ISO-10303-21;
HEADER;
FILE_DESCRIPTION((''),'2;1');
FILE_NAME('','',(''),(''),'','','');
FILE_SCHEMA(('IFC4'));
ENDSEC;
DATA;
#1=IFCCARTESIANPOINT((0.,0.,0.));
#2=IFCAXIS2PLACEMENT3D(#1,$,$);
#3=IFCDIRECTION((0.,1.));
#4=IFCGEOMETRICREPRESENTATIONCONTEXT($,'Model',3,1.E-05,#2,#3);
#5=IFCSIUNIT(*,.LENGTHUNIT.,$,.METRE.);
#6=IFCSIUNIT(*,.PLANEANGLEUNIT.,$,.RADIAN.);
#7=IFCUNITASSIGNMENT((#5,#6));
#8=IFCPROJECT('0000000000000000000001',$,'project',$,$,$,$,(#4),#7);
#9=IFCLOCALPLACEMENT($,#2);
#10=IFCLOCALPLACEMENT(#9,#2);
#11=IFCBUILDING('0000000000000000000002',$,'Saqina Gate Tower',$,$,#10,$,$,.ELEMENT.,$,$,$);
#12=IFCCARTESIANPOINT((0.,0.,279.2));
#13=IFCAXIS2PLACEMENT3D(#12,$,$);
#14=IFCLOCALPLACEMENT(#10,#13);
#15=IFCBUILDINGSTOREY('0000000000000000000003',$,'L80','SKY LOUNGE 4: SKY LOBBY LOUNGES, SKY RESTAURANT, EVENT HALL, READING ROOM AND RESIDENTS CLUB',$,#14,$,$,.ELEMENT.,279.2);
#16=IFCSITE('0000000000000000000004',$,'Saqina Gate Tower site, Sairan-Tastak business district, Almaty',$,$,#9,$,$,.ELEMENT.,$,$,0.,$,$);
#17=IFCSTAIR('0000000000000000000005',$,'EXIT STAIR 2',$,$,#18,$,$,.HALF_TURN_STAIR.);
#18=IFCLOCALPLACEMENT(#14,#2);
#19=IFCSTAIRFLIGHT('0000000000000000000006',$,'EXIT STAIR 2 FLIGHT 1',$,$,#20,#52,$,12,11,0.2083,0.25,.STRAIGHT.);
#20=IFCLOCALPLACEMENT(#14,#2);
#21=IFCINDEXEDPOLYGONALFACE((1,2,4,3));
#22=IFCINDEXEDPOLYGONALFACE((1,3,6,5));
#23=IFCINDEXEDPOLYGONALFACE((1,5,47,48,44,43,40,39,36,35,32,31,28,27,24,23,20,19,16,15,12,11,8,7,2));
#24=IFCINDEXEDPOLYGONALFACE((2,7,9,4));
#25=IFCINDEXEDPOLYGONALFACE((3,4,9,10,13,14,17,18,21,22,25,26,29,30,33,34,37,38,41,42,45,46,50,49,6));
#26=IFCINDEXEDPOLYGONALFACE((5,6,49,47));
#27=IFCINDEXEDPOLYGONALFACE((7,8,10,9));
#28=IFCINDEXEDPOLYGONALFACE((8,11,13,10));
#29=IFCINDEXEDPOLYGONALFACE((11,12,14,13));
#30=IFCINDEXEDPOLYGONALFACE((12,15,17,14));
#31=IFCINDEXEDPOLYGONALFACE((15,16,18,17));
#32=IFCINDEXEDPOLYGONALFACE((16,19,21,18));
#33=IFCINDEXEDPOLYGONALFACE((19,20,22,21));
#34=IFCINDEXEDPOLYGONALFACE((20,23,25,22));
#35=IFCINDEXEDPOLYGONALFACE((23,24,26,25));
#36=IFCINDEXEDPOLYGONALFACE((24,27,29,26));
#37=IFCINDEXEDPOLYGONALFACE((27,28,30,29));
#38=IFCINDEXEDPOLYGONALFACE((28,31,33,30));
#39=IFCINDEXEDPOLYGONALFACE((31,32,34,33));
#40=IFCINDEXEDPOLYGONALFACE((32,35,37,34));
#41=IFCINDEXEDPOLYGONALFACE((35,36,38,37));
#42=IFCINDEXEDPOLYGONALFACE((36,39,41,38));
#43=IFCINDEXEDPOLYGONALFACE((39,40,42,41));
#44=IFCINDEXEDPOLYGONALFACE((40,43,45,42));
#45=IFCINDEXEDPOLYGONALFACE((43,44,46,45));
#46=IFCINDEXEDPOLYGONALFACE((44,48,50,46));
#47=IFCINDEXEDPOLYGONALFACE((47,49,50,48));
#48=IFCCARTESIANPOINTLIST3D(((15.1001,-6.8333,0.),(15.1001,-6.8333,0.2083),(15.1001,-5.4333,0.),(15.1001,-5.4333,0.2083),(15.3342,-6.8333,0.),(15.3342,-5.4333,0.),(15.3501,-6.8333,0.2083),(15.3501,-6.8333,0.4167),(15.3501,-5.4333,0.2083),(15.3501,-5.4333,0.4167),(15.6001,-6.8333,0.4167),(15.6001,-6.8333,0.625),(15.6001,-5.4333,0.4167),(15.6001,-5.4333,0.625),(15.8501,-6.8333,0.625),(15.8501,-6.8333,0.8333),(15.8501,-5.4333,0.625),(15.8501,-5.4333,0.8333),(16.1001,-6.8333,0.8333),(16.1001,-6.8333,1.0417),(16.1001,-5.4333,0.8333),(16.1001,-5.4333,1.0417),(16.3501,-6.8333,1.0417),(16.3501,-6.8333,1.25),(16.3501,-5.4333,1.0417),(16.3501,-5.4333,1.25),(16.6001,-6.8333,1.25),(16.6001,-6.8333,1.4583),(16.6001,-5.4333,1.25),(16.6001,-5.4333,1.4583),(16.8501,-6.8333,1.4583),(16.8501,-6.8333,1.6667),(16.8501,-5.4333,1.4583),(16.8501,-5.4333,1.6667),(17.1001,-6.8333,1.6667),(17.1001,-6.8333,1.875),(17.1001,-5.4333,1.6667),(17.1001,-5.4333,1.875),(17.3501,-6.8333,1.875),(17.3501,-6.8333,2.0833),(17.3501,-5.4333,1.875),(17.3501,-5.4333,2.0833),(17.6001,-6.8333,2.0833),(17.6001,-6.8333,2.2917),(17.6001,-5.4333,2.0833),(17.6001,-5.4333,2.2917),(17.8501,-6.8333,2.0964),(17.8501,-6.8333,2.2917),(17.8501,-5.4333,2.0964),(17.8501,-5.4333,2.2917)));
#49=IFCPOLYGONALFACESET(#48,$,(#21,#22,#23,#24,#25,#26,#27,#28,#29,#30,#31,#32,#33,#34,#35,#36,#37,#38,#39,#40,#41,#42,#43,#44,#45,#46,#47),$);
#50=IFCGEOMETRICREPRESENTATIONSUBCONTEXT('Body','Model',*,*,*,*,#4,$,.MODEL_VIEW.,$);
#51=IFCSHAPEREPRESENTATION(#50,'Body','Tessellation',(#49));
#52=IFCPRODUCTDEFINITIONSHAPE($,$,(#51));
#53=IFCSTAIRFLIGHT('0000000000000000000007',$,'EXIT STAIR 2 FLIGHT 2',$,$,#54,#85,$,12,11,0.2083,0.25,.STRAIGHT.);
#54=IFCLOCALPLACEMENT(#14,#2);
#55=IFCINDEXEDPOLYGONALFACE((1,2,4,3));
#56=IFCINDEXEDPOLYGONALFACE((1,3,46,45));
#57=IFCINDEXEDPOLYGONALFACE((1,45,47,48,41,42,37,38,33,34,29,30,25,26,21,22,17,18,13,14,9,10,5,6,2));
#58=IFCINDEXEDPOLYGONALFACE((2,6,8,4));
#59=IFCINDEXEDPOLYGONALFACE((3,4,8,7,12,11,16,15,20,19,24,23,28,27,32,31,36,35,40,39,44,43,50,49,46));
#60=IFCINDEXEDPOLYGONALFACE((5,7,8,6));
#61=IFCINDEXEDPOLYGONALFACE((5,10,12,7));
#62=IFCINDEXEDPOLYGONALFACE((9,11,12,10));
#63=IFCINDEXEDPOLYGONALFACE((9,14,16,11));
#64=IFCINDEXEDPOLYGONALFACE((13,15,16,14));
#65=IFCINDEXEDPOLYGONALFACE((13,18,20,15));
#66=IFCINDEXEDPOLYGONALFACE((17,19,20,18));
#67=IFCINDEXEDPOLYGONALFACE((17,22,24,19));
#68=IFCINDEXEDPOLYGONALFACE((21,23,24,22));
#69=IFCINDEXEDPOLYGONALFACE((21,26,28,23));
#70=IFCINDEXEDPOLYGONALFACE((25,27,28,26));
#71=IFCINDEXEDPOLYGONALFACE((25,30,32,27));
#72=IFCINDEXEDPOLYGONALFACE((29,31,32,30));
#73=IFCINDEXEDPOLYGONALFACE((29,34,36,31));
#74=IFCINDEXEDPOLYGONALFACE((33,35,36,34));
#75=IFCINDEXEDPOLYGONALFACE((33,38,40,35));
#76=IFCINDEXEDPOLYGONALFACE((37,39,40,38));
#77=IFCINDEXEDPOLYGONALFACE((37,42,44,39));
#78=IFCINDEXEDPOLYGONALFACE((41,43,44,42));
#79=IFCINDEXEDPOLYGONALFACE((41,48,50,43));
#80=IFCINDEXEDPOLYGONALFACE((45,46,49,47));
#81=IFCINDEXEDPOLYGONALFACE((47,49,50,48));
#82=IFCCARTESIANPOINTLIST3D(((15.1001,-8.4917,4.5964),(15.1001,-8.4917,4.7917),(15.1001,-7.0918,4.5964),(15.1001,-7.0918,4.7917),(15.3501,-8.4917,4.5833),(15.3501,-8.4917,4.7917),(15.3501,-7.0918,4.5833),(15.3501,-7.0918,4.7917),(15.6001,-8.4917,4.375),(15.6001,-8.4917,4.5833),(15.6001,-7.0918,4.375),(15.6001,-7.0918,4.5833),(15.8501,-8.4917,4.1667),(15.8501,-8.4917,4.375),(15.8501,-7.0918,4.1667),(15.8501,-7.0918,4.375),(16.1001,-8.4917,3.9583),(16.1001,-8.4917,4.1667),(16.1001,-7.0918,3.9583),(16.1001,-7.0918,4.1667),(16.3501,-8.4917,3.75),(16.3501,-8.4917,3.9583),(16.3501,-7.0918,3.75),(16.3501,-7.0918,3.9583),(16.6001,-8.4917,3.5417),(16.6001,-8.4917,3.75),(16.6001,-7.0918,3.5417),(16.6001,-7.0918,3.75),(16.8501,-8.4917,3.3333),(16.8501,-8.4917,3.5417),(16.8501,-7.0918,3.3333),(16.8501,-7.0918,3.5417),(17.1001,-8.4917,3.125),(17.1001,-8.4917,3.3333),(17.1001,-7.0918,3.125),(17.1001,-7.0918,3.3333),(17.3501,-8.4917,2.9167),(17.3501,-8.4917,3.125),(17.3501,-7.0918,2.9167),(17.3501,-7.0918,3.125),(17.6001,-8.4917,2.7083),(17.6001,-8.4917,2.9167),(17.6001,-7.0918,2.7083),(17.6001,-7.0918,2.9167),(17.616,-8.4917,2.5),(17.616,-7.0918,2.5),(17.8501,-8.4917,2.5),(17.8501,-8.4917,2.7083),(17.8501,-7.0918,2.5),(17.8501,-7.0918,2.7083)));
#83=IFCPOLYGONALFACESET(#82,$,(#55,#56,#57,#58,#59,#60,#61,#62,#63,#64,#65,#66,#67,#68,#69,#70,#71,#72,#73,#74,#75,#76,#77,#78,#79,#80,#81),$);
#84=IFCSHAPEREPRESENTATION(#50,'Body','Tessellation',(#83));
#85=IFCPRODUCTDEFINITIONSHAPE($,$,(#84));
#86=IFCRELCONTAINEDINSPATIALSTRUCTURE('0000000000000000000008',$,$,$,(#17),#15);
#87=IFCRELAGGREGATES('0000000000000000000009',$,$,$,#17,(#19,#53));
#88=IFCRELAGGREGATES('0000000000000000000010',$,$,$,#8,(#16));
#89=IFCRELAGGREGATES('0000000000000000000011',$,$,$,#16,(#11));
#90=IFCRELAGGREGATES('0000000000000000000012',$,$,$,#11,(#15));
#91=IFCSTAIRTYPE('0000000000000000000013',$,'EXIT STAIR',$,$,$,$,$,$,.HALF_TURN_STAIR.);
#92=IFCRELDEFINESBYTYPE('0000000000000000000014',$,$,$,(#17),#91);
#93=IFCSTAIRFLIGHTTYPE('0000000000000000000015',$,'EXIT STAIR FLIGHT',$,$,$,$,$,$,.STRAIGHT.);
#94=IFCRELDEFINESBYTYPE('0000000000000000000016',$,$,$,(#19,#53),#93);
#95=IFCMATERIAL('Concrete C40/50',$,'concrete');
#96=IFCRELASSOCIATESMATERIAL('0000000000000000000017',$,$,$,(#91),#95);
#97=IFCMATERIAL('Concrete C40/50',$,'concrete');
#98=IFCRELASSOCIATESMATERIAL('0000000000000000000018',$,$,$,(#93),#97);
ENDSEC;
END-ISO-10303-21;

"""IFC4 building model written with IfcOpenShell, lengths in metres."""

from ifc_helpers import new_model, si_unit, direction, frame, origin, place, context, subcontext, project, spatial, polyline, outline, extrude, material, type_object, element, aggregate, save


model = new_model("IFC4")

# Units and contexts
model_context = context("Model", 3, precision=1e-05, world=origin(), true_north=direction((0.0, 1.0)))
body_context = subcontext(model_context, "Body", "Model", "MODEL_VIEW")
ifc_project = project(units=[si_unit("LENGTHUNIT", "METRE"), si_unit("PLANEANGLEUNIT", "RADIAN")], contexts=[model_context])

# Site, building, storey
site_placement = place(None, origin())
site = spatial("IfcSite", under=ifc_project, at=site_placement, Name="Saqina Gate Tower site, Sairan-Tastak business district, Almaty", CompositionType="ELEMENT", RefElevation=0.0)
building_placement = place(site_placement, origin())
building = spatial("IfcBuilding", under=site, at=building_placement, Name="Saqina Gate Tower", CompositionType="ELEMENT")
storey_placement = place(building_placement, frame((0.0, 0.0, 279.2)))
storey = spatial("IfcBuildingStorey", under=building, at=storey_placement, Name="L80", Description="SKY LOUNGE 4: SKY LOBBY LOUNGES, SKY RESTAURANT, EVENT HALL, READING ROOM AND RESIDENTS CLUB", CompositionType="ELEMENT", Elevation=279.2)

# Stair, stair flights
ifc_material_1 = material(Name="Concrete C40/50", Category="concrete")
stair_type = type_object("IfcStairType", Name="EXIT STAIR", PredefinedType="HALF_TURN_STAIR", material=ifc_material_1)
stair_placement = place(storey_placement, origin())
stair = element("IfcStair", 1, at=stair_placement, inside=storey, type_object=stair_type, Name="EXIT STAIR 2", PredefinedType="HALF_TURN_STAIR")
ifc_material_2 = material(Name="Concrete C40/50", Category="concrete")
stair_flight_type = type_object("IfcStairFlightType", Name="EXIT STAIR FLIGHT", PredefinedType="STRAIGHT", material=ifc_material_2)
stair_flight_1_placement = place(storey_placement, frame((15.1001, -6.1333, 0.0), z_axis=(0.0, 0.0, 1.0), x_axis=(1.0, 0.0, 0.0)))
stair_flight_1 = element("IfcStairFlight", 2, at=stair_flight_1_placement, type_object=stair_flight_type, Name="EXIT STAIR 2 FLIGHT 1", NumberOfRisers=12, NumberOfTreads=11, PredefinedType="STRAIGHT", RiserHeight=0.2083, TreadLength=0.25, context=body_context, shape_type="SweptSolid", body=[
    extrude(outline(polyline([(0.0, 0.0), (0.0, 0.2083), (0.25, 0.2083), (0.25, 0.4167), (0.5, 0.4167), (0.5, 0.625), (0.75, 0.625), (0.75, 0.8333), (1.0, 0.8333), (1.0, 1.0417), (1.25, 1.0417), (1.25, 1.25), (1.5, 1.25), (1.5, 1.4583), (1.75, 1.4583), (1.75, 1.6667), (2.0, 1.6667), (2.0, 1.875), (2.25, 1.875), (2.25, 2.0833), (2.5, 2.0833), (2.5, 2.2917), (2.75, 2.2917), (2.75, 2.5), (2.75, 2.0964), (0.2341, 0.0), (0.0, 0.0)])), frame((0.0, 0.7, 0.0), z_axis=(0.0, -1.0, 0.0), x_axis=(1.0, 0.0, 0.0)), (0.0, 0.0, 1.0), 1.3999),
])
stair_flight_2_placement = place(storey_placement, frame((17.8501, -7.7917, 2.5), z_axis=(0.0, 0.0, 1.0), x_axis=(-1.0, 0.0, 0.0)))
stair_flight_2 = element("IfcStairFlight", 3, at=stair_flight_2_placement, type_object=stair_flight_type, Name="EXIT STAIR 2 FLIGHT 2", NumberOfRisers=12, NumberOfTreads=11, PredefinedType="STRAIGHT", RiserHeight=0.2083, TreadLength=0.25, context=body_context, shape_type="SweptSolid", body=[
    extrude(outline(polyline([(0.0, 0.0), (0.0, 0.2083), (0.25, 0.2083), (0.25, 0.4167), (0.5, 0.4167), (0.5, 0.625), (0.75, 0.625), (0.75, 0.8333), (1.0, 0.8333), (1.0, 1.0417), (1.25, 1.0417), (1.25, 1.25), (1.5, 1.25), (1.5, 1.4583), (1.75, 1.4583), (1.75, 1.6667), (2.0, 1.6667), (2.0, 1.875), (2.25, 1.875), (2.25, 2.0833), (2.5, 2.0833), (2.5, 2.2917), (2.75, 2.2917), (2.75, 2.5), (2.75, 2.0964), (0.2341, 0.0), (0.0, 0.0)])), frame((0.0, 0.7, 0.0), z_axis=(0.0, -1.0, 0.0), x_axis=(1.0, 0.0, 0.0)), (0.0, 0.0, 1.0), 1.3999),
])
aggregate(stair, [stair_flight_1, stair_flight_2])

save(model, "model.ifc")
